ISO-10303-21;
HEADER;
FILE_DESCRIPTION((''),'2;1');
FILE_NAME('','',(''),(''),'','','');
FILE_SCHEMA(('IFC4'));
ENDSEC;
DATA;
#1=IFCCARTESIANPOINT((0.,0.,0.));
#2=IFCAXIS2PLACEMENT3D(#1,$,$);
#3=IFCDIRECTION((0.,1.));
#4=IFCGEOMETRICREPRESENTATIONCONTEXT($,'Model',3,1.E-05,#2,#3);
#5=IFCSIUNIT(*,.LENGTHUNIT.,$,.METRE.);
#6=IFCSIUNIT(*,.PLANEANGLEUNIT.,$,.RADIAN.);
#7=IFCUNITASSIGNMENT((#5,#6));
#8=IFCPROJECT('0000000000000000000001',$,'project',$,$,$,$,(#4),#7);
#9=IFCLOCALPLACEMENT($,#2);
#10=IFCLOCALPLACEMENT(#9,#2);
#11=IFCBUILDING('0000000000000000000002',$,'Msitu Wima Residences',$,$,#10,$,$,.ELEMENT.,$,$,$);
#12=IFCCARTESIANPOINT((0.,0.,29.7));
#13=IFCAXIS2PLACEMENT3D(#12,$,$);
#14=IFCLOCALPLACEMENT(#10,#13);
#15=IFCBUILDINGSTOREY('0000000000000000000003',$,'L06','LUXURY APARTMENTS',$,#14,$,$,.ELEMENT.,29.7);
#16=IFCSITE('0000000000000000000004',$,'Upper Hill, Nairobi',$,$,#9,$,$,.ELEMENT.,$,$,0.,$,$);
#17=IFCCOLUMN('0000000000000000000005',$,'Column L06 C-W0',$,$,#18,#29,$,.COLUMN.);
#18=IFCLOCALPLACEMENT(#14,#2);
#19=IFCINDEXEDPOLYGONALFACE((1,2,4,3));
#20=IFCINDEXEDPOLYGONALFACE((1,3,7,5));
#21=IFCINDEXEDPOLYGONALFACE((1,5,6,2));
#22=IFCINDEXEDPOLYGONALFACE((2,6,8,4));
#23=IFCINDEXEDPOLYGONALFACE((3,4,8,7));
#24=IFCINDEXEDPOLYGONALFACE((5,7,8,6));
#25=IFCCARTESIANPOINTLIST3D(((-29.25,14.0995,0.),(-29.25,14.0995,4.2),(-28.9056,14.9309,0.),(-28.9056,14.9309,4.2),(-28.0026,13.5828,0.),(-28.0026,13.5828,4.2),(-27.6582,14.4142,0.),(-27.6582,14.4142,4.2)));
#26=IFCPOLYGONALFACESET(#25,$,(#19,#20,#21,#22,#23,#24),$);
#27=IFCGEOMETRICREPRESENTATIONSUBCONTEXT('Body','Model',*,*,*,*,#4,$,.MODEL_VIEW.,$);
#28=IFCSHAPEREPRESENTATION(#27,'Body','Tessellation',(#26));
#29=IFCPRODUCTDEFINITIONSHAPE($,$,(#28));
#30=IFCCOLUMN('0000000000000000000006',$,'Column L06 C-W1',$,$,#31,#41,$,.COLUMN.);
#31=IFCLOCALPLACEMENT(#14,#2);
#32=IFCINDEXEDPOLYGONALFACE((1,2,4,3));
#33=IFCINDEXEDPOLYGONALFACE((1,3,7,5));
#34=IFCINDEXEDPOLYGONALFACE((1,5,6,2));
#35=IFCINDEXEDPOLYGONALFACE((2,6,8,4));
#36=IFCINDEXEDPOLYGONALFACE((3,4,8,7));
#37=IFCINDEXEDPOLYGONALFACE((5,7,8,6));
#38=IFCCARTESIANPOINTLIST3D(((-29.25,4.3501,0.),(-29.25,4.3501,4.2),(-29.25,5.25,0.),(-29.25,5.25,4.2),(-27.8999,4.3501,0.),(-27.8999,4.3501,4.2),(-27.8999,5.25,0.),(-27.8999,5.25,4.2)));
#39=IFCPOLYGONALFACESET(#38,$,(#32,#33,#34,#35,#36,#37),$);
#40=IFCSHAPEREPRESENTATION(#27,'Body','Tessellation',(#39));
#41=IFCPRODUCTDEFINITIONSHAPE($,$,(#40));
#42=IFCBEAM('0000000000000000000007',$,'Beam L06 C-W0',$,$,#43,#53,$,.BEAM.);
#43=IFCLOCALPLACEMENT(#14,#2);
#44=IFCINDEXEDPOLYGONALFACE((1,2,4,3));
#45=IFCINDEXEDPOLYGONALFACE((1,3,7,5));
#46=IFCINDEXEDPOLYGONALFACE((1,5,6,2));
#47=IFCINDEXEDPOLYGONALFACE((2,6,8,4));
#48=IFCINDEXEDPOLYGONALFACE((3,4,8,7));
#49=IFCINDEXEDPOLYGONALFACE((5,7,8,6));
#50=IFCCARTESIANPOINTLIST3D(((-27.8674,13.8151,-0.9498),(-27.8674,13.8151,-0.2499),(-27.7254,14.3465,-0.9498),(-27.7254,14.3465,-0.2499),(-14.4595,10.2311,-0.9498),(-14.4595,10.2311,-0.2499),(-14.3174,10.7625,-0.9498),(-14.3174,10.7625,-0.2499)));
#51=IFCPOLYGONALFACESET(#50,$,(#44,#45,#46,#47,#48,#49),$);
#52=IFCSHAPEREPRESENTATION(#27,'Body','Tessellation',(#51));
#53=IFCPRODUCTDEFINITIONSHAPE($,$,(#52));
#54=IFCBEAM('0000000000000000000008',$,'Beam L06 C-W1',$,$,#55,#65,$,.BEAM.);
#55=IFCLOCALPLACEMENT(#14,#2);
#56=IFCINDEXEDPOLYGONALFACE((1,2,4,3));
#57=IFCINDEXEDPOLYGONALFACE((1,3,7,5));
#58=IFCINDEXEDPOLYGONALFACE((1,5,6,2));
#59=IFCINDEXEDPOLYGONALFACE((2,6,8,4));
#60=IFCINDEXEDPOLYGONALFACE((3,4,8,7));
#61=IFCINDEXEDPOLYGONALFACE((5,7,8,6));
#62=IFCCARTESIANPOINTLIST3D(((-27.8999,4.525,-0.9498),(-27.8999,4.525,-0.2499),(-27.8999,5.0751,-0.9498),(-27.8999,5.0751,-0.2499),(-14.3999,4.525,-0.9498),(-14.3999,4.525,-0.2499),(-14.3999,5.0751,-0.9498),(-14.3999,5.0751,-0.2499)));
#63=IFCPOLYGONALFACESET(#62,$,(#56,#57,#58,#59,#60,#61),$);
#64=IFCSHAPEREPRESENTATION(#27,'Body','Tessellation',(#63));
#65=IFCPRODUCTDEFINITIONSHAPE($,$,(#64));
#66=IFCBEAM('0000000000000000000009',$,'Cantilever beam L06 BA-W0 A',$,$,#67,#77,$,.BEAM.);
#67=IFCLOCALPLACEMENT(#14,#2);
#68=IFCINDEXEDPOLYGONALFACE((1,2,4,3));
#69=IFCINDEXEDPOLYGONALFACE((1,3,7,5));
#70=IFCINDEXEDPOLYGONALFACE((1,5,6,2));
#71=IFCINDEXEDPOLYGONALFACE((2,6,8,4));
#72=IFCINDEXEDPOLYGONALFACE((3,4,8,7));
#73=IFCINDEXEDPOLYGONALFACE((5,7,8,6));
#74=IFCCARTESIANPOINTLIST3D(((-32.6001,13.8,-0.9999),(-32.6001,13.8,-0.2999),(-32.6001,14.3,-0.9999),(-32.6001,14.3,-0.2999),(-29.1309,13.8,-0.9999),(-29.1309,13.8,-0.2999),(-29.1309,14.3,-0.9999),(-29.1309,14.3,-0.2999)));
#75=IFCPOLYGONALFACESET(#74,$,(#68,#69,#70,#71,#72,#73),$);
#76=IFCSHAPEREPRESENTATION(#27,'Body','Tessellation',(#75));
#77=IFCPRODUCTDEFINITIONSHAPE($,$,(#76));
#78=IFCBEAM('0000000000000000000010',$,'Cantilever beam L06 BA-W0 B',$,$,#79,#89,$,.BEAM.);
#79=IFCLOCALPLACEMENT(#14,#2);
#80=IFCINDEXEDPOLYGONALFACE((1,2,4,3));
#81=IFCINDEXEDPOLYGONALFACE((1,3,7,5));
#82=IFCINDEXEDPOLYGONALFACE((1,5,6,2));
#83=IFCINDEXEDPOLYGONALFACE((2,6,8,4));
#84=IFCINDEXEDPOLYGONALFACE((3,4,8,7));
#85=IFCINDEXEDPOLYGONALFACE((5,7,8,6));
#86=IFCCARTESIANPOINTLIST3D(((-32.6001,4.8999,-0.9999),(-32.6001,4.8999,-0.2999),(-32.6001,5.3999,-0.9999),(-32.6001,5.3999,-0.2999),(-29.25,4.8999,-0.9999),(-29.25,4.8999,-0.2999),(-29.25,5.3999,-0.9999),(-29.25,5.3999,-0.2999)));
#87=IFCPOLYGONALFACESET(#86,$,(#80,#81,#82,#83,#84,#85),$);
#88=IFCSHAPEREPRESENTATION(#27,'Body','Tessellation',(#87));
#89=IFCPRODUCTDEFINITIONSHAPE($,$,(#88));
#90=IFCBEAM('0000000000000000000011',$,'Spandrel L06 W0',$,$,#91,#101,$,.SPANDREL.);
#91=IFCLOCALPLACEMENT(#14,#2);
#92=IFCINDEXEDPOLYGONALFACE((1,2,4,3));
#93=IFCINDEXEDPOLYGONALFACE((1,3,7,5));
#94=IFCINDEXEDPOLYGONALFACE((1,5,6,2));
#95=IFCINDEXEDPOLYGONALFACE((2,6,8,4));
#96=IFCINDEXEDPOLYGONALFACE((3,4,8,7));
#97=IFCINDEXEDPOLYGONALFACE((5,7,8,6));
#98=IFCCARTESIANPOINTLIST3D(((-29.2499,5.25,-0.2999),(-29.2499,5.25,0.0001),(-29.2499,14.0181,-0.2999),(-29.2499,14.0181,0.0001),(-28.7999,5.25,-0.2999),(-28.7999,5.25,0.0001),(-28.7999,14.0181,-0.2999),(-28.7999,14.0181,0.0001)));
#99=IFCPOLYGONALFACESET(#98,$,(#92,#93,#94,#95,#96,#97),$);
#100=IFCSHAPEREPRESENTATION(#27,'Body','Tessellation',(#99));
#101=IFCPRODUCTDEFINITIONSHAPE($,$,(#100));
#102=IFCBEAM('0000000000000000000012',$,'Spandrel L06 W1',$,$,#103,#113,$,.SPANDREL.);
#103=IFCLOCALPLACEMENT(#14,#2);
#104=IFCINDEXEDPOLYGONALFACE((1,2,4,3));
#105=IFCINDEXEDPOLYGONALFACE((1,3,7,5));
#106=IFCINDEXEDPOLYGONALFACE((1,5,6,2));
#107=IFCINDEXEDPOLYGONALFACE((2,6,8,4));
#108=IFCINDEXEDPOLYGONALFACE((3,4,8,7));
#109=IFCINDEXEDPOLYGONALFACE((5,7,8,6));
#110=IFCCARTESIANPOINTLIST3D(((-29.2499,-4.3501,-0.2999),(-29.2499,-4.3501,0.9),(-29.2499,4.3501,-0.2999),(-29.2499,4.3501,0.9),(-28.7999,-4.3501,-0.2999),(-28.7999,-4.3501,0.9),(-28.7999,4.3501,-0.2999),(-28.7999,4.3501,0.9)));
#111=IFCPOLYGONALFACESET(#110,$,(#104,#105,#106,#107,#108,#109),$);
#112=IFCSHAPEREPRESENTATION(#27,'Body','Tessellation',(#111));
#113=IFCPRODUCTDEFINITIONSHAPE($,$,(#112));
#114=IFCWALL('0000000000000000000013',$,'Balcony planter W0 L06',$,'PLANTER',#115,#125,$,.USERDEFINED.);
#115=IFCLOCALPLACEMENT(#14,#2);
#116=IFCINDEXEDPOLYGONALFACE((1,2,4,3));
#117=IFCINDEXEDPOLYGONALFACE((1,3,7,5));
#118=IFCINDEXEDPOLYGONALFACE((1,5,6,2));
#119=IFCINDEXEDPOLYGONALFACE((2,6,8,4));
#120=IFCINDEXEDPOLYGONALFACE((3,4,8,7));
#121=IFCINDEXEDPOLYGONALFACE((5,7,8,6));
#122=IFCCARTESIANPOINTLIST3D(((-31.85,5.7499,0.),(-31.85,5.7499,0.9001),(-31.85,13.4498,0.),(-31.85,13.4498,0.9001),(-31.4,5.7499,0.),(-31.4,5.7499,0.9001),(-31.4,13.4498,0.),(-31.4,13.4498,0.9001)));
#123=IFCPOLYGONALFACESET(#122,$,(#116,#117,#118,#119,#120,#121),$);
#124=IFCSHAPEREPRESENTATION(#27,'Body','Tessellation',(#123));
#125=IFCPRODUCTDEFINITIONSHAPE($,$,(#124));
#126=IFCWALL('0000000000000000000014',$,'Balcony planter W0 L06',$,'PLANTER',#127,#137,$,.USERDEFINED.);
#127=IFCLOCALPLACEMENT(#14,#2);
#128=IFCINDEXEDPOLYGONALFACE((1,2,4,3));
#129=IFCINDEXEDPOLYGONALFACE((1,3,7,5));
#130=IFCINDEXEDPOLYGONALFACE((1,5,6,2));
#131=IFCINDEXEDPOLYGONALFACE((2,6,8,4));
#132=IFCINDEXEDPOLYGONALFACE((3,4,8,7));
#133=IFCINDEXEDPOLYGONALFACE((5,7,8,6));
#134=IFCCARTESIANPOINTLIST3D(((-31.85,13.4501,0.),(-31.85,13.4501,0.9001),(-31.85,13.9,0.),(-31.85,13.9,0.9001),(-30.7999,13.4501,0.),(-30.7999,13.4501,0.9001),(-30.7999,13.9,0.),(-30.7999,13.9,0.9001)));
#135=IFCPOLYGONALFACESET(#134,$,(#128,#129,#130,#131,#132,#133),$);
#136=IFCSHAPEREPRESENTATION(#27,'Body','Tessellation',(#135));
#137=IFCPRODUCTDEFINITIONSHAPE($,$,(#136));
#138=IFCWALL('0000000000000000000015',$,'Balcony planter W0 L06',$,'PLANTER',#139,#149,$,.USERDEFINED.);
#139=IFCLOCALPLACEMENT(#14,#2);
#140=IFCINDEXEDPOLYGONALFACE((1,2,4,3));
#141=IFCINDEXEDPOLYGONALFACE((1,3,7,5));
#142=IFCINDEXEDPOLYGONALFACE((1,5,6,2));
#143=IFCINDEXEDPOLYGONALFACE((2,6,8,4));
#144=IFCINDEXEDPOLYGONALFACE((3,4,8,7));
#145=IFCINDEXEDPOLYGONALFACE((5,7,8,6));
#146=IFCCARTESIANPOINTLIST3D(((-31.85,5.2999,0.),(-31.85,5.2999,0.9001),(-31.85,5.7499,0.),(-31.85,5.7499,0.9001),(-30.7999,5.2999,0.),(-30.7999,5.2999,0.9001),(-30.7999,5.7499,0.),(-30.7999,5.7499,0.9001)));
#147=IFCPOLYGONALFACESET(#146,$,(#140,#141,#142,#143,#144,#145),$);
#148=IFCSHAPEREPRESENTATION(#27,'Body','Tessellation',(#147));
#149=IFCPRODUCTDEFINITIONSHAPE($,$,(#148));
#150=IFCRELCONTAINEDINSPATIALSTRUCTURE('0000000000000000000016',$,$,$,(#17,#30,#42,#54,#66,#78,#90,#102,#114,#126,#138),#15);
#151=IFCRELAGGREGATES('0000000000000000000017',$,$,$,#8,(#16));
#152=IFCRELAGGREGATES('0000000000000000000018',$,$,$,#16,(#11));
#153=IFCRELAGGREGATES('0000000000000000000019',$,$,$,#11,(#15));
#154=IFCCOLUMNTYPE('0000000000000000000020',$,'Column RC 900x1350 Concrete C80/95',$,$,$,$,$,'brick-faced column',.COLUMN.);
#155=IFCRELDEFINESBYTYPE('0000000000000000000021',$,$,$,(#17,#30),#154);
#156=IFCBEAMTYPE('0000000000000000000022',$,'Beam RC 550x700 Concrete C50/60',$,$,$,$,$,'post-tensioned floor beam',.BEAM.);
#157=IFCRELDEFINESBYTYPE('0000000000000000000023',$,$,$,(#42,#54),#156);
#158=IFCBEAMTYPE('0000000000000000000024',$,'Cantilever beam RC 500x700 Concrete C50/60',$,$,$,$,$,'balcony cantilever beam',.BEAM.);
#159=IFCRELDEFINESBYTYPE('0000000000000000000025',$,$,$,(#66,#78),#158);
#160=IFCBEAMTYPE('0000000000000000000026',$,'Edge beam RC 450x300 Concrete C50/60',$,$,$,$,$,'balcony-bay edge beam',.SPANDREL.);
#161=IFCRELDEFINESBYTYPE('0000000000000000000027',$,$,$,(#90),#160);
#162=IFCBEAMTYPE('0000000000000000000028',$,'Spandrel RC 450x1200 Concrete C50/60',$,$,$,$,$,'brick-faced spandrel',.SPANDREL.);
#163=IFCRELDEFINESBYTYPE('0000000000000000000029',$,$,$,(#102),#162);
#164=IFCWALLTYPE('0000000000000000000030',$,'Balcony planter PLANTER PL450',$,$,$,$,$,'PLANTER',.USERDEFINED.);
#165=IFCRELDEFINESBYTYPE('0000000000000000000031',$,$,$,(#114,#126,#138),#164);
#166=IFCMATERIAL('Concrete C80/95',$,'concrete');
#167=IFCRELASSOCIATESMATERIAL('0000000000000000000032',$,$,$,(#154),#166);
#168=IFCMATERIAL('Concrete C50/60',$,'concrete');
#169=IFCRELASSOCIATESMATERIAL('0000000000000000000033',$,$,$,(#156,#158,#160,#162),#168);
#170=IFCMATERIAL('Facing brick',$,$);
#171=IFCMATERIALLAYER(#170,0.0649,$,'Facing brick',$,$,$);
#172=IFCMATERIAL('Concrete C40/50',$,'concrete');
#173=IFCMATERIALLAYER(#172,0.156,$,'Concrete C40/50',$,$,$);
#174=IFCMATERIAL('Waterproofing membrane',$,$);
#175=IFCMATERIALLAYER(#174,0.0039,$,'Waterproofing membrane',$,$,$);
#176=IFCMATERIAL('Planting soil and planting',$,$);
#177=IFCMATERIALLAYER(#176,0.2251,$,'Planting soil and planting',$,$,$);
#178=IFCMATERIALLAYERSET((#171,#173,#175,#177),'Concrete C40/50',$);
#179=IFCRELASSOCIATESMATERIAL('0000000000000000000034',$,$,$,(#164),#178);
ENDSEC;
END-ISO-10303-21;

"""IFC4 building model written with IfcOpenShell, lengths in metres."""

from ifc_helpers import new_model, si_unit, direction, frame, frame_2d, origin, origin_2d, place, context, subcontext, project, spatial, rectangle, extrude, material, layer, layer_set, material_profile, profile_set, type_object, element, save


model = new_model("IFC4")

# Units and contexts
model_context = context("Model", 3, precision=1e-05, world=origin(), true_north=direction((0.0, 1.0)))
body_context = subcontext(model_context, "Body", "Model", "MODEL_VIEW")
ifc_project = project(units=[si_unit("LENGTHUNIT", "METRE"), si_unit("PLANEANGLEUNIT", "RADIAN")], contexts=[model_context])

# Site, building, storey
site_placement = place(None, origin())
site = spatial("IfcSite", under=ifc_project, at=site_placement, Name="Upper Hill, Nairobi", CompositionType="ELEMENT", RefElevation=0.0)
building_placement = place(site_placement, origin())
building = spatial("IfcBuilding", under=site, at=building_placement, Name="Msitu Wima Residences", CompositionType="ELEMENT")
storey_placement = place(building_placement, frame((0.0, 0.0, 29.7)))
storey = spatial("IfcBuildingStorey", under=building, at=storey_placement, Name="L06", Description="LUXURY APARTMENTS", CompositionType="ELEMENT", Elevation=29.7)

# Columns
ifc_material_1 = material(Name="Concrete C80/95", Category="concrete")
ifc_material_profile_1 = material_profile(ifc_material_1, rectangle(XDim=0.8999, YDim=1.3501, at=origin_2d()), Name="RC 900x1350")
ifc_profile_set_1 = profile_set([ifc_material_profile_1], Name="Concrete C80/95")
column_type = type_object("IfcColumnType", Name="Column RC 900x1350 Concrete C80/95", ElementType="brick-faced column", PredefinedType="COLUMN", material=ifc_profile_set_1)
for number, where, z_axis, x_axis, name in (
    (1, (-28.4541, 14.2568, 0.0), (0.0, 0.0, 1.0), (-0.382683, -0.92388, 0.0), "Column L06 C-W0"),
    (2, (-28.575, 4.8, 0.0), (0.0, 0.0, 1.0), (0.0, -1.0, 0.0), "Column L06 C-W1"),
):
    element("IfcColumn", number, at=place(storey_placement, frame(where, z_axis=z_axis, x_axis=x_axis)), inside=storey, type_object=column_type, Name=name, PredefinedType="COLUMN", context=body_context, shape_type="SweptSolid", body=[
        extrude(rectangle(XDim=0.8999, YDim=1.3501, at=origin_2d()), origin(), (0.0, 0.0, 1.0), 4.2),
    ])

# Beams
ifc_material_2 = material(Name="Concrete C50/60", Category="concrete")
ifc_material_profile_2 = material_profile(ifc_material_2, rectangle(XDim=0.55, YDim=0.7, at=origin_2d()), Name="RC 550x700")
ifc_profile_set_2 = profile_set([ifc_material_profile_2], Name="Concrete C50/60")
beam_type_1 = type_object("IfcBeamType", Name="Beam RC 550x700 Concrete C50/60", ElementType="post-tensioned floor beam", PredefinedType="BEAM", material=ifc_profile_set_2)
beam_1_placement = place(storey_placement, frame((-27.7964, 14.0808, -0.5999), z_axis=(0.966082, -0.258236, 0.0), x_axis=(0.258236, 0.966082, 0.0)))
element("IfcBeam", 3, at=beam_1_placement, inside=storey, type_object=beam_type_1, Name="Beam L06 C-W0", PredefinedType="BEAM", context=body_context, shape_type="SweptSolid", body=[
    extrude(rectangle(XDim=0.55, YDim=0.7, at=origin_2d()), origin(), (0.0, 0.0, 1.0), 13.8787),
])
beam_2_placement = place(storey_placement, frame((-27.8999, 4.8, -0.5999), z_axis=(1.0, 0.0, 0.0), x_axis=(0.0, 1.0, 0.0)))
element("IfcBeam", 4, at=beam_2_placement, inside=storey, type_object=beam_type_1, Name="Beam L06 C-W1", PredefinedType="BEAM", context=body_context, shape_type="SweptSolid", body=[
    extrude(rectangle(XDim=0.55, YDim=0.7, at=origin_2d()), origin(), (0.0, 0.0, 1.0), 13.5),
])
ifc_material_profile_3 = material_profile(ifc_material_2, rectangle(XDim=0.5, YDim=0.7, at=origin_2d()), Name="RC 500x700")
ifc_profile_set_3 = profile_set([ifc_material_profile_3], Name="Concrete C50/60")
beam_type_2 = type_object("IfcBeamType", Name="Cantilever beam RC 500x700 Concrete C50/60", ElementType="balcony cantilever beam", PredefinedType="BEAM", material=ifc_profile_set_3)
beam_3_placement = place(storey_placement, frame((-29.1309, 14.05, -0.6499), z_axis=(-1.0, 0.0, 0.0), x_axis=(0.0, -1.0, 0.0)))
element("IfcBeam", 5, at=beam_3_placement, inside=storey, type_object=beam_type_2, Name="Cantilever beam L06 BA-W0 A", PredefinedType="BEAM", context=body_context, shape_type="SweptSolid", body=[
    extrude(rectangle(XDim=0.5, YDim=0.7, at=origin_2d()), origin(), (0.0, 0.0, 1.0), 3.4692),
])
beam_4_placement = place(storey_placement, frame((-29.25, 5.1499, -0.6499), z_axis=(-1.0, 0.0, 0.0), x_axis=(0.0, -1.0, 0.0)))
element("IfcBeam", 6, at=beam_4_placement, inside=storey, type_object=beam_type_2, Name="Cantilever beam L06 BA-W0 B", PredefinedType="BEAM", context=body_context, shape_type="SweptSolid", body=[
    extrude(rectangle(XDim=0.5, YDim=0.7, at=origin_2d()), origin(), (0.0, 0.0, 1.0), 3.3501),
])
ifc_material_profile_4 = material_profile(ifc_material_2, rectangle(XDim=0.45, YDim=0.3, at=origin_2d()), Name="RC 450x300")
ifc_profile_set_4 = profile_set([ifc_material_profile_4], Name="Concrete C50/60")
beam_type_3 = type_object("IfcBeamType", Name="Edge beam RC 450x300 Concrete C50/60", ElementType="balcony-bay edge beam", PredefinedType="SPANDREL", material=ifc_profile_set_4)
beam_5_placement = place(storey_placement, frame((-29.0249, 14.0181, -0.1499), z_axis=(0.0, -1.0, 0.0), x_axis=(1.0, 0.0, 0.0)))
element("IfcBeam", 7, at=beam_5_placement, inside=storey, type_object=beam_type_3, Name="Spandrel L06 W0", PredefinedType="SPANDREL", context=body_context, shape_type="SweptSolid", body=[
    extrude(rectangle(XDim=0.45, YDim=0.3, at=origin_2d()), origin(), (0.0, 0.0, 1.0), 8.7681),
])
ifc_material_profile_5 = material_profile(ifc_material_2, rectangle(XDim=0.45, YDim=1.2, at=origin_2d()), Name="RC 450x1200")
ifc_profile_set_5 = profile_set([ifc_material_profile_5], Name="Concrete C50/60")
beam_type_4 = type_object("IfcBeamType", Name="Spandrel RC 450x1200 Concrete C50/60", ElementType="brick-faced spandrel", PredefinedType="SPANDREL", material=ifc_profile_set_5)
beam_6_placement = place(storey_placement, frame((-29.0249, 4.3501, 0.3), z_axis=(0.0, -1.0, 0.0), x_axis=(1.0, 0.0, 0.0)))
element("IfcBeam", 8, at=beam_6_placement, inside=storey, type_object=beam_type_4, Name="Spandrel L06 W1", PredefinedType="SPANDREL", context=body_context, shape_type="SweptSolid", body=[
    extrude(rectangle(XDim=0.45, YDim=1.2, at=origin_2d()), origin(), (0.0, 0.0, 1.0), 8.7002),
])

# Walls
ifc_material_3 = material(Name="Facing brick")
ifc_layer_1 = layer(ifc_material_3, 0.0649, Name="Facing brick")
ifc_material_4 = material(Name="Concrete C40/50", Category="concrete")
ifc_layer_2 = layer(ifc_material_4, 0.156, Name="Concrete C40/50")
ifc_material_5 = material(Name="Waterproofing membrane")
ifc_layer_3 = layer(ifc_material_5, 0.0039, Name="Waterproofing membrane")
ifc_material_6 = material(Name="Planting soil and planting")
ifc_layer_4 = layer(ifc_material_6, 0.2251, Name="Planting soil and planting")
ifc_layer_set_1 = layer_set([ifc_layer_1, ifc_layer_2, ifc_layer_3, ifc_layer_4], Name="Concrete C40/50")
wall_type_1 = type_object("IfcWallType", Name="Balcony planter PLANTER PL450", ElementType="PLANTER", PredefinedType="USERDEFINED", material=ifc_layer_set_1)
wall_1_placement = place(storey_placement, frame((-31.625, 13.45, 0.0), z_axis=(0.0, 0.0, 1.0), x_axis=(0.0, -1.0, 0.0)))
element("IfcWall", 9, at=wall_1_placement, inside=storey, type_object=wall_type_1, Name="Balcony planter W0 L06", ObjectType="PLANTER", PredefinedType="USERDEFINED", context=body_context, shape_type="SweptSolid", body=[
    extrude(rectangle(XDim=7.7, YDim=0.45, at=frame_2d((3.8501, 0.0))), origin(), (0.0, 0.0, 1.0), 0.9001),
])
for number, where, z_axis, x_axis, name in (
    (10, (-30.8, 13.675, 0.0), (0.0, 0.0, 1.0), (-1.0, 0.0, 0.0), "Balcony planter W0 L06"),
    (11, (-30.8, 5.5249, 0.0), (0.0, 0.0, 1.0), (-1.0, 0.0, 0.0), "Balcony planter W0 L06"),
):
    element("IfcWall", number, at=place(storey_placement, frame(where, z_axis=z_axis, x_axis=x_axis)), inside=storey, type_object=wall_type_1, Name=name, ObjectType="PLANTER", PredefinedType="USERDEFINED", context=body_context, shape_type="SweptSolid", body=[
        extrude(rectangle(XDim=1.05, YDim=0.45, at=frame_2d((0.5249, 0.0))), origin(), (0.0, 0.0, 1.0), 0.9001),
    ])

save(model, "model.ifc")
